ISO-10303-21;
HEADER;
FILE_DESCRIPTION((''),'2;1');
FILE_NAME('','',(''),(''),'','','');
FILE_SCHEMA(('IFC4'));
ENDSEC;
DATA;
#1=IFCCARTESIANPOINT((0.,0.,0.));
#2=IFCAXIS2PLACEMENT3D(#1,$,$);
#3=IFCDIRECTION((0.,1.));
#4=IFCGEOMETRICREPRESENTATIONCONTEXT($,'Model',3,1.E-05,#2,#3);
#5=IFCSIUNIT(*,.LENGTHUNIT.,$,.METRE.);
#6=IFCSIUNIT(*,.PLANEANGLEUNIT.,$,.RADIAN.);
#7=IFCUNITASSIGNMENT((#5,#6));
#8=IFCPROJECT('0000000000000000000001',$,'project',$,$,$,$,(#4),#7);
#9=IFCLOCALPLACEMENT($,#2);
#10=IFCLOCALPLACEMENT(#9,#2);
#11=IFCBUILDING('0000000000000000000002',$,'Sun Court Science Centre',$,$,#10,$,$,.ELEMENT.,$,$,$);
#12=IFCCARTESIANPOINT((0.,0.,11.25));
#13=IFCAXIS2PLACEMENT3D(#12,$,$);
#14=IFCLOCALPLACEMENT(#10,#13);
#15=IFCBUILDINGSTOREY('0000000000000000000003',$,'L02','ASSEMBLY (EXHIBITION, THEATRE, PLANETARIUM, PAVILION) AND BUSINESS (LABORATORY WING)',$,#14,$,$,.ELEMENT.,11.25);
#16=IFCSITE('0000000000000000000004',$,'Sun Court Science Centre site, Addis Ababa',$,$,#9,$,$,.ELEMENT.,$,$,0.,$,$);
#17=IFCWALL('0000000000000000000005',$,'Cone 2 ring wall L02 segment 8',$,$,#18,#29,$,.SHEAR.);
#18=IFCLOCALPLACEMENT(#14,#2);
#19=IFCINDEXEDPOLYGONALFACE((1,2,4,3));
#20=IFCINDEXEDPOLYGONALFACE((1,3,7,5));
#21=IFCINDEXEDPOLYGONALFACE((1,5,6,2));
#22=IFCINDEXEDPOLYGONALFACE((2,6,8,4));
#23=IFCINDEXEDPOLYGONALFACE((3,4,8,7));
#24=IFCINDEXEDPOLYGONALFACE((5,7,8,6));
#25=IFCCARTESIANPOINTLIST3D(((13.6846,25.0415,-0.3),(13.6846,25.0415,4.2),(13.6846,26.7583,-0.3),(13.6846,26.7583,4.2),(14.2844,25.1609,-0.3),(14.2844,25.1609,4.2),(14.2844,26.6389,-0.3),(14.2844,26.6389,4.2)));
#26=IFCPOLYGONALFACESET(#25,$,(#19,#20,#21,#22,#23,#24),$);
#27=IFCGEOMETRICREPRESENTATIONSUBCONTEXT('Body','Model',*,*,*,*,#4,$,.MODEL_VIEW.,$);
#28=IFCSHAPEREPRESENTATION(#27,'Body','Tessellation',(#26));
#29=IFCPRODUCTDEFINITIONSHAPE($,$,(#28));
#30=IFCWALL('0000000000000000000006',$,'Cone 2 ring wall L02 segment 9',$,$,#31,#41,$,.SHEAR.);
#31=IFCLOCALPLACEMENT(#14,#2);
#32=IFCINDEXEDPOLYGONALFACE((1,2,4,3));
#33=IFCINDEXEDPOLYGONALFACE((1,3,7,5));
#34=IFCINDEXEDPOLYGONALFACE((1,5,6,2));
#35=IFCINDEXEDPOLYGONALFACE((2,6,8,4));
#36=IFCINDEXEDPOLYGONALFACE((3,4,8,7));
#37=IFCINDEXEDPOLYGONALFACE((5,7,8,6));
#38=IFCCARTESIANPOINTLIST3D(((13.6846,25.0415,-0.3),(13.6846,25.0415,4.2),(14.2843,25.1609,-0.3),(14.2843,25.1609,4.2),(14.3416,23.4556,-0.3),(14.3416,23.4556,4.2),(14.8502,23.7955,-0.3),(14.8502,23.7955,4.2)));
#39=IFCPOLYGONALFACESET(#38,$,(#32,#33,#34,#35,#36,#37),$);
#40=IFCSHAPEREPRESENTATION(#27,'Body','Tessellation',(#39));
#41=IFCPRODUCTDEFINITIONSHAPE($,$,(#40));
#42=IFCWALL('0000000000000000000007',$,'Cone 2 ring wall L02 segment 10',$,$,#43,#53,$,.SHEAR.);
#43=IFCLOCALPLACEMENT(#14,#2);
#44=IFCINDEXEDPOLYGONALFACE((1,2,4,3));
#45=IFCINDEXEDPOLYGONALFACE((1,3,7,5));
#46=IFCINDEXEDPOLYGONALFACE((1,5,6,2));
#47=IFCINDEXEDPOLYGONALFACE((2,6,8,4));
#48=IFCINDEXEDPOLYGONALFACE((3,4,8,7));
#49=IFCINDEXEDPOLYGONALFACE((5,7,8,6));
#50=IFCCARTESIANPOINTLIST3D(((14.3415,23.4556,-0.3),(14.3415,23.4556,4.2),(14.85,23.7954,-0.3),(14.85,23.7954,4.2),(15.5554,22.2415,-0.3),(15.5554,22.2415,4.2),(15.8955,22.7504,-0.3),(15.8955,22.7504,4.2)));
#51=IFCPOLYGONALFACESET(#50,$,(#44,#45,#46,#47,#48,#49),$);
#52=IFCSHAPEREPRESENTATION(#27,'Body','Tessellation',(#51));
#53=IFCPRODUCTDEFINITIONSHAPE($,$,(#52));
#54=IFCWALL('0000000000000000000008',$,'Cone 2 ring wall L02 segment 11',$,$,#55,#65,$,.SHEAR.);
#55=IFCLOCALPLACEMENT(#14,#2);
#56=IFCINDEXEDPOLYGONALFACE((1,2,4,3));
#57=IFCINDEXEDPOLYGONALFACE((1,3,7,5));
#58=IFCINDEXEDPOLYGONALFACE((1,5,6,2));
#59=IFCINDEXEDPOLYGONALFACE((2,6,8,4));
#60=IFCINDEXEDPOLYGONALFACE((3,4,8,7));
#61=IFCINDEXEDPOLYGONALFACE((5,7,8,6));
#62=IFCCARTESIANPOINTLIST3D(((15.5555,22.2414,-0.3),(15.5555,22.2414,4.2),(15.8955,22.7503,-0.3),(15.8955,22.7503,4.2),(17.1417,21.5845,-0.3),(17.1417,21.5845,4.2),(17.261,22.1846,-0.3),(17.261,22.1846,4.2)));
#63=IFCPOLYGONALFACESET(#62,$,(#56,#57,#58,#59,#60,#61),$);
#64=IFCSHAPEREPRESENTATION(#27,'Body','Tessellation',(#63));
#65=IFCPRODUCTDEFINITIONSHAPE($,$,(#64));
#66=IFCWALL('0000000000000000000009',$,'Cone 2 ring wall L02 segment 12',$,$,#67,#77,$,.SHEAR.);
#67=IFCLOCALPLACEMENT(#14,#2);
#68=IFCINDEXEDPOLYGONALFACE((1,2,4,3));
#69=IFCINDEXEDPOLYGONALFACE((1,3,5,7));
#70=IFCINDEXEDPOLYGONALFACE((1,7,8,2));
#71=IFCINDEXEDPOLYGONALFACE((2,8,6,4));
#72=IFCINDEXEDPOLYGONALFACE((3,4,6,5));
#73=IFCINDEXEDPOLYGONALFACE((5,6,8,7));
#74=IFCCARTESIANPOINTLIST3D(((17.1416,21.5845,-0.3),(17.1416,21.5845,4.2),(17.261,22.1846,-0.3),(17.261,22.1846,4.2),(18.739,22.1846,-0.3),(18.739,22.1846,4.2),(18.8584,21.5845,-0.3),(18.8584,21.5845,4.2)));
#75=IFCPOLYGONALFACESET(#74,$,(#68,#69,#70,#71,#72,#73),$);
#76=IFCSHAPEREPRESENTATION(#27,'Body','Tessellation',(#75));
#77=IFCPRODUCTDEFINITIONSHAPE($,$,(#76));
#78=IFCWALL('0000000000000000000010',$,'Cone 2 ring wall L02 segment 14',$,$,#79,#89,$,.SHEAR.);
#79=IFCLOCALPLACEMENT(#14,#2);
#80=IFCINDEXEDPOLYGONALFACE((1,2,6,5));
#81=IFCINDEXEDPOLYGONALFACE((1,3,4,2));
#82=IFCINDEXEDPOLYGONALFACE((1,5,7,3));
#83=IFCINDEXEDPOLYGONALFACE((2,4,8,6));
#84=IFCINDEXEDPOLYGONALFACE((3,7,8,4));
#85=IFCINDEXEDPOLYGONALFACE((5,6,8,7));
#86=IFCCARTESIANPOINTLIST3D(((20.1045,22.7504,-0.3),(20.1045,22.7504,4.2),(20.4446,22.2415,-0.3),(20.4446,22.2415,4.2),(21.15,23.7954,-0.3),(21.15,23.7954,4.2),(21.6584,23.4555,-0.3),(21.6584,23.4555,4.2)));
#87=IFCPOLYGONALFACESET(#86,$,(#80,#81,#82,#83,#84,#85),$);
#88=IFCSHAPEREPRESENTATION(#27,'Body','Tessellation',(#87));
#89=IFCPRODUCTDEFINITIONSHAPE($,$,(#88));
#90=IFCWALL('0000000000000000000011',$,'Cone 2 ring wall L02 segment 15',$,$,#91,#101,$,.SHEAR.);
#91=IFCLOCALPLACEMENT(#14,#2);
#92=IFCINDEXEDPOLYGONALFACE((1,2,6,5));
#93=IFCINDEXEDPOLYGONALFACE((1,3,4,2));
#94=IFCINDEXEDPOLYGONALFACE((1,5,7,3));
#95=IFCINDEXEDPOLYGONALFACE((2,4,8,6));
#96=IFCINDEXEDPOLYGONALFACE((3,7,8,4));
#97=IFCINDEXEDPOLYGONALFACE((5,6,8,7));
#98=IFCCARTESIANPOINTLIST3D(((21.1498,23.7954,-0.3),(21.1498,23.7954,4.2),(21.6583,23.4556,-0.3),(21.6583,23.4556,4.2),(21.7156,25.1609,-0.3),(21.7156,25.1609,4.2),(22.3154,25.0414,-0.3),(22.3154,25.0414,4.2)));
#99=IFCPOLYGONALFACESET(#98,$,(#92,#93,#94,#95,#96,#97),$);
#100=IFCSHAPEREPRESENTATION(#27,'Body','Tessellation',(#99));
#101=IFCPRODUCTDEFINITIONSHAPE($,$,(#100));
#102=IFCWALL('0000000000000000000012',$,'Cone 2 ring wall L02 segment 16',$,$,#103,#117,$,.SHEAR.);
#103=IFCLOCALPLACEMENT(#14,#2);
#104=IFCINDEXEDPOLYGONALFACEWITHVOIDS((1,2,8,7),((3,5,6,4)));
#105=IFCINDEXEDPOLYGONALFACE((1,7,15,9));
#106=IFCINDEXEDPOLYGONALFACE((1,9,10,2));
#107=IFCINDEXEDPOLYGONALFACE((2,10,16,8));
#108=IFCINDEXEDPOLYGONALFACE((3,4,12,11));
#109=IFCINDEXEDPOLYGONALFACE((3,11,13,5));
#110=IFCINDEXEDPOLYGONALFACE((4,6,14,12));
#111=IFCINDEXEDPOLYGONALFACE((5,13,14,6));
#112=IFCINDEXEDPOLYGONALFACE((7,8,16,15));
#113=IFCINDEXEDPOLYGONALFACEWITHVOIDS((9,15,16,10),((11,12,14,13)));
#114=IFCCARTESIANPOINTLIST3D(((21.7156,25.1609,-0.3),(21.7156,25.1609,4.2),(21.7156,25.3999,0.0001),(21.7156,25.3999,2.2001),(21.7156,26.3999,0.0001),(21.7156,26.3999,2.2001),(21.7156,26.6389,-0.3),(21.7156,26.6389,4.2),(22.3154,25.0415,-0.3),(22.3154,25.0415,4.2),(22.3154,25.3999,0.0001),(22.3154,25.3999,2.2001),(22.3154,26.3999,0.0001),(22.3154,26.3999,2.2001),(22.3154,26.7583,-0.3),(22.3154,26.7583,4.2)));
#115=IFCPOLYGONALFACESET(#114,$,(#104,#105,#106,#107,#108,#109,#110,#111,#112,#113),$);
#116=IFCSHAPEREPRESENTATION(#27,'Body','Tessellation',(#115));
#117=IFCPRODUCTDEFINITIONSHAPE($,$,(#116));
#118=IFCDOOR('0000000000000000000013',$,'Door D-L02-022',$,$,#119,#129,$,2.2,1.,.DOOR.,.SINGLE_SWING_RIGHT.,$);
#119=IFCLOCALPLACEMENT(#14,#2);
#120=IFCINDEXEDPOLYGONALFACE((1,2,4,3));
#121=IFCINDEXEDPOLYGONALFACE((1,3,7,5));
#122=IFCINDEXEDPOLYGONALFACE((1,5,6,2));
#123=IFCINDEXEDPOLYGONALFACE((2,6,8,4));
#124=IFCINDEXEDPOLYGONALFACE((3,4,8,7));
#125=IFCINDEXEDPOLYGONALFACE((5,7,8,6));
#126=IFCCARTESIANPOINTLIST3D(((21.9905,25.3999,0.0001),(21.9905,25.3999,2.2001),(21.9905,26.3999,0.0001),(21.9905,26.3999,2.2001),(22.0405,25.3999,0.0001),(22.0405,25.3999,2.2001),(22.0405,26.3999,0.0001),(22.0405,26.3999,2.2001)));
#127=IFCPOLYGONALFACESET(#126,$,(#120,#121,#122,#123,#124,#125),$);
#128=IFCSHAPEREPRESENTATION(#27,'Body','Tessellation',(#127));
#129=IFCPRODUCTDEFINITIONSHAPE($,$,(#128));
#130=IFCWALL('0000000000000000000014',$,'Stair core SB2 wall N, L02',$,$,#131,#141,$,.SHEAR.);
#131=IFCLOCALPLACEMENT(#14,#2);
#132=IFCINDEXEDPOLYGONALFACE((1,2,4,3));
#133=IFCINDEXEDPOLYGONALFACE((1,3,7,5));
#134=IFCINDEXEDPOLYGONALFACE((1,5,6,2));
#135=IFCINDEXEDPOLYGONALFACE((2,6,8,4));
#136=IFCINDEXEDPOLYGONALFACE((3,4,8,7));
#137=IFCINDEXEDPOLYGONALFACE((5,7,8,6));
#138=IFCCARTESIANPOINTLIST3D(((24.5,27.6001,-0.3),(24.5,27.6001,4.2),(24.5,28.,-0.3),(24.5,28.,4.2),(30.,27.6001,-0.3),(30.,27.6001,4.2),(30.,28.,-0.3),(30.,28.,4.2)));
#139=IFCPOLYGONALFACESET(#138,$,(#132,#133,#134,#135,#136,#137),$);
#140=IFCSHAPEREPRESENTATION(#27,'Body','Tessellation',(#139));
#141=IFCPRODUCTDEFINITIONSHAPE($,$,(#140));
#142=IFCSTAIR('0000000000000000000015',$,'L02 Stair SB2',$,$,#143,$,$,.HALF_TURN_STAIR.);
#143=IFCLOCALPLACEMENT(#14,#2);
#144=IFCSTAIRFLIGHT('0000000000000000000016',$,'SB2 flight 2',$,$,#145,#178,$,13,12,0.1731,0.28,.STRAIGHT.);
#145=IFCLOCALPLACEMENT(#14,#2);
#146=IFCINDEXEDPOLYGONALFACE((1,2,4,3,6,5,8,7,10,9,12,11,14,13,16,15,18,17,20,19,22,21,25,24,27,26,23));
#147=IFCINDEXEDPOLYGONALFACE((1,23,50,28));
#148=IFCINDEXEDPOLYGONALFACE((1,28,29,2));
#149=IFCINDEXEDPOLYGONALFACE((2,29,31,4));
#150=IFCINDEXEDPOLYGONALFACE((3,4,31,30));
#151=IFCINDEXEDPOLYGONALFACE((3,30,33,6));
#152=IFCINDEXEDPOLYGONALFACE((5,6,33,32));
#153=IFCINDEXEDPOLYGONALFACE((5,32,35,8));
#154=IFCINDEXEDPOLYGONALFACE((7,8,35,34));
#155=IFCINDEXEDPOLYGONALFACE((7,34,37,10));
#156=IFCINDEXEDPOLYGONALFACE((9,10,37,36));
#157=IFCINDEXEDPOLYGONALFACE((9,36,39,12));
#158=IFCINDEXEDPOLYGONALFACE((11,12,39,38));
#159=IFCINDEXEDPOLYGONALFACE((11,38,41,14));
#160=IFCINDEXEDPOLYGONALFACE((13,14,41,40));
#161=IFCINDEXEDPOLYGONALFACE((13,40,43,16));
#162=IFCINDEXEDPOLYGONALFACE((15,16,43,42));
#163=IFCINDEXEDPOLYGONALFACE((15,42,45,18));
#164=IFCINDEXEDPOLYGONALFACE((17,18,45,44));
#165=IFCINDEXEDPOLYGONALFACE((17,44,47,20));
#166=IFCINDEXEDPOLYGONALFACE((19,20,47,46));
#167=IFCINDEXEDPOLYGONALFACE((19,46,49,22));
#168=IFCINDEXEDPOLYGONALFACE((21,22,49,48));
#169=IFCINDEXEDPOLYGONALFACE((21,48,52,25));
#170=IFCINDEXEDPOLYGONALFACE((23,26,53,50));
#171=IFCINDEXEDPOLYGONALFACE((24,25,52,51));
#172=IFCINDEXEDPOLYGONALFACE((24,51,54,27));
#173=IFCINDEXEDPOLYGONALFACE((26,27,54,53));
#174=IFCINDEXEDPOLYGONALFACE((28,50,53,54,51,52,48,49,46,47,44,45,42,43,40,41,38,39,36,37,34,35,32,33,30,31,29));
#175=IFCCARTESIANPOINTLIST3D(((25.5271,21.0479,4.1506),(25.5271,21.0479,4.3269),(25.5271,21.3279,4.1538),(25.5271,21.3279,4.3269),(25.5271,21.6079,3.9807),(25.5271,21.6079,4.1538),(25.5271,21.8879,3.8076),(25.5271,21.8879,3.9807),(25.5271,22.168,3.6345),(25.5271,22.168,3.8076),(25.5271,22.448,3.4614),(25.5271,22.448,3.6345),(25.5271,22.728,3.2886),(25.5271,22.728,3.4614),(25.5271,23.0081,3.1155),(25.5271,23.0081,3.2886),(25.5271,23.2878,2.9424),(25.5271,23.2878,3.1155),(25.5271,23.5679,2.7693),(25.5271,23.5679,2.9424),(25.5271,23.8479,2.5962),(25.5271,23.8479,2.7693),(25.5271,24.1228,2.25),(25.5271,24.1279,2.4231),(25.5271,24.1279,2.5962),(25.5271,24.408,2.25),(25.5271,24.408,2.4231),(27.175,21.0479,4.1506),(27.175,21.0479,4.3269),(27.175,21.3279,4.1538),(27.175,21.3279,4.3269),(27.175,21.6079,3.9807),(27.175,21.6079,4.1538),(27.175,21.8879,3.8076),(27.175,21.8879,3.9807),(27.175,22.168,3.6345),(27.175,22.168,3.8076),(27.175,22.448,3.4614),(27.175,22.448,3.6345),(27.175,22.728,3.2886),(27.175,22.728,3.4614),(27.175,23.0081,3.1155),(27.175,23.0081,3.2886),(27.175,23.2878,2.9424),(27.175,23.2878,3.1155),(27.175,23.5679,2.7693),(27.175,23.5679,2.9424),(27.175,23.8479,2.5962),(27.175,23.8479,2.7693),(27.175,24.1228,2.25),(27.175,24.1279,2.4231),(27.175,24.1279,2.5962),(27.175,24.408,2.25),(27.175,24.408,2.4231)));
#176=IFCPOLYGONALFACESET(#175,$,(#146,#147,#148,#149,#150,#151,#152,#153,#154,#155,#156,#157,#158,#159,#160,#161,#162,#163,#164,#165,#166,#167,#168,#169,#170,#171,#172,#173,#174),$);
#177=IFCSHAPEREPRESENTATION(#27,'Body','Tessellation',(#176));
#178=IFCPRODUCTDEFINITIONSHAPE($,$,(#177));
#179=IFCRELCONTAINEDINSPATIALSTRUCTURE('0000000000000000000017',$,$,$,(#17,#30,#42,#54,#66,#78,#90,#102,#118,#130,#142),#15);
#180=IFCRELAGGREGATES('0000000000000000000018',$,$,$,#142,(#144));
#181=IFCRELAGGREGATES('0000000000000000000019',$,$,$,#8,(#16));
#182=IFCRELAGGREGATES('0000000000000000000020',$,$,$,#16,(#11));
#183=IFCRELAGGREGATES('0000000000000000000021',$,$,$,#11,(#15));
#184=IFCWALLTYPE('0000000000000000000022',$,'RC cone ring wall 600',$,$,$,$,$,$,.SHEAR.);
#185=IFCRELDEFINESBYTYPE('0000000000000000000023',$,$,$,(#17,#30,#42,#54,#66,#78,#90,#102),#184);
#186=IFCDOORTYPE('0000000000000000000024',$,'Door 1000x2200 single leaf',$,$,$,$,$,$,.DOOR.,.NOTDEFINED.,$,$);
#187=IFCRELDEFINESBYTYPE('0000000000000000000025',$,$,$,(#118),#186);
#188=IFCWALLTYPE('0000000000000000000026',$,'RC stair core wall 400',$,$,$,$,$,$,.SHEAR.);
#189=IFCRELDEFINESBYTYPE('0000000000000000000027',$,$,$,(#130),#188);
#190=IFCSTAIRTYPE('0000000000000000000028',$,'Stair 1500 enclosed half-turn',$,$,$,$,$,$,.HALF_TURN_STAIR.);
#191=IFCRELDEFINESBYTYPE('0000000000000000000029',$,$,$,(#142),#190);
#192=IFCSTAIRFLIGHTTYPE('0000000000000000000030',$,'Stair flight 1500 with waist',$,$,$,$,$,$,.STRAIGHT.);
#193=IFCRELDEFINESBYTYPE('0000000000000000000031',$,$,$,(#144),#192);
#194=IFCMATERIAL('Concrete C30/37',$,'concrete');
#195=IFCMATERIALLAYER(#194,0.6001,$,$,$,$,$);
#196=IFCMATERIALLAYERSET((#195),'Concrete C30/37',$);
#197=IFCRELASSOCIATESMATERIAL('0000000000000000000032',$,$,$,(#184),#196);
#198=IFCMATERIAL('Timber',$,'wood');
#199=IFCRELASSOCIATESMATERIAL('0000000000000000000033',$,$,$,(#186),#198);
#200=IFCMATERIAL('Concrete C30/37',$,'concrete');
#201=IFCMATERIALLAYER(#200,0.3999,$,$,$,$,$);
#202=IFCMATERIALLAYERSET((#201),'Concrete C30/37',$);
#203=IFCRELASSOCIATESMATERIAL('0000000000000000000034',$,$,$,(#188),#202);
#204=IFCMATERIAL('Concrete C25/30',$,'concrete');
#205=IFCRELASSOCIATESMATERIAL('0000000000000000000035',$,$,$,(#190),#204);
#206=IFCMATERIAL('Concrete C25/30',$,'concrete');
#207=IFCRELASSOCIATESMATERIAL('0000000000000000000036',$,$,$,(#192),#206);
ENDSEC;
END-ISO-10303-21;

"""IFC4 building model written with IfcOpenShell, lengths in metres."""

from ifc_helpers import new_model, si_unit, direction, frame, frame_2d, origin, place, context, subcontext, project, spatial, polyline, rectangle, outline, extrude, material, layer, layer_set, type_object, element, fill, aggregate, save


model = new_model("IFC4")

# Units and contexts
model_context = context("Model", 3, precision=1e-05, world=origin(), true_north=direction((0.0, 1.0)))
body_context = subcontext(model_context, "Body", "Model", "MODEL_VIEW")
ifc_project = project(units=[si_unit("LENGTHUNIT", "METRE"), si_unit("PLANEANGLEUNIT", "RADIAN")], contexts=[model_context])

# Site, building, storey
site_placement = place(None, origin())
site = spatial("IfcSite", under=ifc_project, at=site_placement, Name="Sun Court Science Centre site, Addis Ababa", CompositionType="ELEMENT", RefElevation=0.0)
building_placement = place(site_placement, origin())
building = spatial("IfcBuilding", under=site, at=building_placement, Name="Sun Court Science Centre", CompositionType="ELEMENT")
storey_placement = place(building_placement, frame((0.0, 0.0, 11.25)))
storey = spatial("IfcBuildingStorey", under=building, at=storey_placement, Name="L02", Description="ASSEMBLY (EXHIBITION, THEATRE, PLANETARIUM, PAVILION) AND BUSINESS (LABORATORY WING)", CompositionType="ELEMENT", Elevation=11.25)

# Walls
ifc_material_1 = material(Name="Concrete C30/37", Category="concrete")
ifc_layer_1 = layer(ifc_material_1, 0.6001)
ifc_layer_set_1 = layer_set([ifc_layer_1], Name="Concrete C30/37")
wall_type_1 = type_object("IfcWallType", Name="RC cone ring wall 600", PredefinedType="SHEAR", material=ifc_layer_set_1)
wall_1_placement = place(storey_placement, frame((13.9846, 26.7583, -0.3), z_axis=(0.0, 0.0, 1.0), x_axis=(0.0, -1.0, 0.0)))
element("IfcWall", 1, at=wall_1_placement, inside=storey, type_object=wall_type_1, Name="Cone 2 ring wall L02 segment 8", PredefinedType="SHEAR", context=body_context, shape_type="SweptSolid", body=[
    extrude(outline(polyline([(0.0, -0.3), (1.7168, -0.3), (1.5974, 0.2998), (0.1194, 0.2998), (0.0, -0.3)])), origin(), (0.0, 0.0, 1.0), 4.5),
])
wall_2_placement = place(storey_placement, frame((13.9617, 25.1565, -0.3), z_axis=(0.0, 0.0, 1.0), x_axis=(0.382666, -0.923887, 0.0)))
element("IfcWall", 2, at=wall_2_placement, inside=storey, type_object=wall_type_1, Name="Cone 2 ring wall L02 segment 9", PredefinedType="SHEAR", context=body_context, shape_type="SweptSolid", body=[
    extrude(outline(polyline([(0.0002, -0.3), (1.7168, -0.2998), (1.5974, 0.3), (0.1194, 0.2998), (0.0002, -0.3)])), origin(), (0.0, 0.0, 1.0), 4.5),
])
wall_3_placement = place(storey_placement, frame((14.5537, 23.6677, -0.3), z_axis=(0.0, 0.0, 1.0), x_axis=(0.707036, -0.707178, 0.0)))
element("IfcWall", 3, at=wall_3_placement, inside=storey, type_object=wall_type_1, Name="Cone 2 ring wall L02 segment 10", PredefinedType="SHEAR", context=body_context, shape_type="SweptSolid", body=[
    extrude(outline(polyline([(0.0, -0.3), (1.7168, -0.3), (1.5974, 0.3003), (0.1191, 0.2998), (0.0, -0.3)])), origin(), (0.0, 0.0, 1.0), 4.5),
])
wall_4_placement = place(storey_placement, frame((15.6704, 22.5188, -0.3), z_axis=(0.0, 0.0, 1.0), x_axis=(0.923866, -0.382716, 0.0)))
element("IfcWall", 4, at=wall_4_placement, inside=storey, type_object=wall_type_1, Name="Cone 2 ring wall L02 segment 11", PredefinedType="SHEAR", context=body_context, shape_type="SweptSolid", body=[
    extrude(outline(polyline([(0.0, -0.3003), (1.7168, -0.3), (1.5974, 0.3), (0.1194, 0.3), (0.0, -0.3003)])), origin(), (0.0, 0.0, 1.0), 4.5),
])
wall_5_placement = place(storey_placement, frame((17.1416, 21.8845, -0.3), z_axis=(0.0, 0.0, 1.0), x_axis=(1.0, 0.0, 0.0)))
element("IfcWall", 5, at=wall_5_placement, inside=storey, type_object=wall_type_1, Name="Cone 2 ring wall L02 segment 12", PredefinedType="SHEAR", context=body_context, shape_type="SweptSolid", body=[
    extrude(outline(polyline([(0.0, -0.3), (1.7168, -0.3), (1.5974, 0.3), (0.1194, 0.3), (0.0, -0.3)])), origin(), (0.0, 0.0, 1.0), 4.5),
])
wall_6_placement = place(storey_placement, frame((20.2324, 22.4536, -0.3), z_axis=(0.0, 0.0, 1.0), x_axis=(0.707036, 0.707178, 0.0)))
element("IfcWall", 6, at=wall_6_placement, inside=storey, type_object=wall_type_1, Name="Cone 2 ring wall L02 segment 14", PredefinedType="SHEAR", context=body_context, shape_type="SweptSolid", body=[
    extrude(outline(polyline([(0.0, -0.3), (1.7168, -0.3), (1.5977, 0.2998), (0.1194, 0.3003), (0.0, -0.3)])), origin(), (0.0, 0.0, 1.0), 4.5),
])
wall_7_placement = place(storey_placement, frame((21.3813, 23.5703, -0.3), z_axis=(0.0, 0.0, 1.0), x_axis=(0.382666, 0.923887, 0.0)))
element("IfcWall", 7, at=wall_7_placement, inside=storey, type_object=wall_type_1, Name="Cone 2 ring wall L02 segment 15", PredefinedType="SHEAR", context=body_context, shape_type="SweptSolid", body=[
    extrude(outline(polyline([(0.0, -0.2998), (1.7166, -0.3), (1.5974, 0.2998), (0.1194, 0.3), (0.0, -0.2998)])), origin(), (0.0, 0.0, 1.0), 4.5),
])

# Wall, opening, door
wall_8_placement = place(storey_placement, frame((22.0154, 25.0415, -0.3), z_axis=(0.0, 0.0, 1.0), x_axis=(0.0, 1.0, 0.0)))
wall_8 = element("IfcWall", 8, at=wall_8_placement, inside=storey, type_object=wall_type_1, Name="Cone 2 ring wall L02 segment 16", PredefinedType="SHEAR", context=body_context, shape_type="SweptSolid", body=[
    extrude(outline(polyline([(0.0, -0.3), (1.7168, -0.3), (1.5974, 0.2998), (0.1194, 0.2998), (0.0, -0.3)])), origin(), (0.0, 0.0, 1.0), 4.5),
])
opening_placement = place(wall_8_placement, frame((0.3584, 0.0, 0.3)))
opening = element("IfcOpeningElement", 9, at=opening_placement, cuts=wall_8, PredefinedType="OPENING", context=body_context, shape_type="SweptSolid", body=[
    extrude(rectangle(XDim=1.0, YDim=2.2, at=frame_2d((0.5, 1.1001))), frame((0.0, 0.3101, 0.0), z_axis=(0.0, -1.0, 0.0), x_axis=(1.0, 0.0, 0.0)), (0.0, 0.0, 1.0), 0.6201),
])
ifc_material_2 = material(Name="Timber", Category="wood")
door_type = type_object("IfcDoorType", Name="Door 1000x2200 single leaf", OperationType="NOTDEFINED", PredefinedType="DOOR", material=ifc_material_2)
door_placement = place(opening_placement, origin())
door = element("IfcDoor", 10, at=door_placement, inside=storey, type_object=door_type, Name="Door D-L02-022", OperationType="SINGLE_SWING_RIGHT", OverallHeight=2.2, OverallWidth=1.0, PredefinedType="DOOR", context=body_context, shape_type="SweptSolid", body=[
    extrude(rectangle(XDim=1.0, YDim=2.2, at=frame_2d((0.5, 1.1001))), frame((0.0, 0.0249, 0.0), z_axis=(0.0, -1.0, 0.0), x_axis=(1.0, 0.0, 0.0)), (0.0, 0.0, 1.0), 0.05),
])
fill(opening, door)

# Wall
ifc_material_3 = material(Name="Concrete C30/37", Category="concrete")
ifc_layer_2 = layer(ifc_material_3, 0.3999)
ifc_layer_set_2 = layer_set([ifc_layer_2], Name="Concrete C30/37")
wall_type_2 = type_object("IfcWallType", Name="RC stair core wall 400", PredefinedType="SHEAR", material=ifc_layer_set_2)
wall_9_placement = place(storey_placement, frame((24.5, 27.8, -0.3), z_axis=(0.0, 0.0, 1.0), x_axis=(1.0, 0.0, 0.0)))
element("IfcWall", 11, at=wall_9_placement, inside=storey, type_object=wall_type_2, Name="Stair core SB2 wall N, L02", PredefinedType="SHEAR", context=body_context, shape_type="SweptSolid", body=[
    extrude(rectangle(XDim=5.5, YDim=0.3999, at=frame_2d((2.75, 0.0))), origin(), (0.0, 0.0, 1.0), 4.5),
])

# Stair, stair flight
ifc_material_4 = material(Name="Concrete C25/30", Category="concrete")
stair_type = type_object("IfcStairType", Name="Stair 1500 enclosed half-turn", PredefinedType="HALF_TURN_STAIR", material=ifc_material_4)
stair_placement = place(storey_placement, origin())
stair = element("IfcStair", 12, at=stair_placement, inside=storey, type_object=stair_type, Name="L02 Stair SB2", PredefinedType="HALF_TURN_STAIR")
ifc_material_5 = material(Name="Concrete C25/30", Category="concrete")
stair_flight_type = type_object("IfcStairFlightType", Name="Stair flight 1500 with waist", PredefinedType="STRAIGHT", material=ifc_material_5)
stair_flight_placement = place(storey_placement, frame((26.3511, 24.408, 2.25), z_axis=(0.0, 0.0, 1.0), x_axis=(0.0, -1.0, 0.0)))
stair_flight = element("IfcStairFlight", 13, at=stair_flight_placement, type_object=stair_flight_type, Name="SB2 flight 2", NumberOfRisers=13, NumberOfTreads=12, PredefinedType="STRAIGHT", RiserHeight=0.1731, TreadLength=0.28, context=body_context, shape_type="SweptSolid", body=[
    extrude(outline(polyline([(0.0, 0.0), (0.0, 0.1731), (0.28, 0.1731), (0.28, 0.3462), (0.5601, 0.3462), (0.5601, 0.5193), (0.8401, 0.5193), (0.8401, 0.6924), (1.1201, 0.6924), (1.1201, 0.8655), (1.3999, 0.8655), (1.3999, 1.0386), (1.6799, 1.0386), (1.6799, 1.2114), (1.96, 1.2114), (1.96, 1.3845), (2.24, 1.3845), (2.24, 1.5576), (2.52, 1.5576), (2.52, 1.7307), (2.8, 1.7307), (2.8, 1.9038), (3.0801, 1.9038), (3.0801, 2.0769), (3.3601, 2.0769), (3.3601, 2.25), (3.3601, 1.9006), (0.2852, 0.0), (0.0, 0.0)])), frame((0.0, 0.824, 0.0), z_axis=(0.0, -1.0, 0.0), x_axis=(1.0, 0.0, 0.0)), (0.0, 0.0, 1.0), 1.6479),
])
aggregate(stair, [stair_flight])

save(model, "model.ifc")
